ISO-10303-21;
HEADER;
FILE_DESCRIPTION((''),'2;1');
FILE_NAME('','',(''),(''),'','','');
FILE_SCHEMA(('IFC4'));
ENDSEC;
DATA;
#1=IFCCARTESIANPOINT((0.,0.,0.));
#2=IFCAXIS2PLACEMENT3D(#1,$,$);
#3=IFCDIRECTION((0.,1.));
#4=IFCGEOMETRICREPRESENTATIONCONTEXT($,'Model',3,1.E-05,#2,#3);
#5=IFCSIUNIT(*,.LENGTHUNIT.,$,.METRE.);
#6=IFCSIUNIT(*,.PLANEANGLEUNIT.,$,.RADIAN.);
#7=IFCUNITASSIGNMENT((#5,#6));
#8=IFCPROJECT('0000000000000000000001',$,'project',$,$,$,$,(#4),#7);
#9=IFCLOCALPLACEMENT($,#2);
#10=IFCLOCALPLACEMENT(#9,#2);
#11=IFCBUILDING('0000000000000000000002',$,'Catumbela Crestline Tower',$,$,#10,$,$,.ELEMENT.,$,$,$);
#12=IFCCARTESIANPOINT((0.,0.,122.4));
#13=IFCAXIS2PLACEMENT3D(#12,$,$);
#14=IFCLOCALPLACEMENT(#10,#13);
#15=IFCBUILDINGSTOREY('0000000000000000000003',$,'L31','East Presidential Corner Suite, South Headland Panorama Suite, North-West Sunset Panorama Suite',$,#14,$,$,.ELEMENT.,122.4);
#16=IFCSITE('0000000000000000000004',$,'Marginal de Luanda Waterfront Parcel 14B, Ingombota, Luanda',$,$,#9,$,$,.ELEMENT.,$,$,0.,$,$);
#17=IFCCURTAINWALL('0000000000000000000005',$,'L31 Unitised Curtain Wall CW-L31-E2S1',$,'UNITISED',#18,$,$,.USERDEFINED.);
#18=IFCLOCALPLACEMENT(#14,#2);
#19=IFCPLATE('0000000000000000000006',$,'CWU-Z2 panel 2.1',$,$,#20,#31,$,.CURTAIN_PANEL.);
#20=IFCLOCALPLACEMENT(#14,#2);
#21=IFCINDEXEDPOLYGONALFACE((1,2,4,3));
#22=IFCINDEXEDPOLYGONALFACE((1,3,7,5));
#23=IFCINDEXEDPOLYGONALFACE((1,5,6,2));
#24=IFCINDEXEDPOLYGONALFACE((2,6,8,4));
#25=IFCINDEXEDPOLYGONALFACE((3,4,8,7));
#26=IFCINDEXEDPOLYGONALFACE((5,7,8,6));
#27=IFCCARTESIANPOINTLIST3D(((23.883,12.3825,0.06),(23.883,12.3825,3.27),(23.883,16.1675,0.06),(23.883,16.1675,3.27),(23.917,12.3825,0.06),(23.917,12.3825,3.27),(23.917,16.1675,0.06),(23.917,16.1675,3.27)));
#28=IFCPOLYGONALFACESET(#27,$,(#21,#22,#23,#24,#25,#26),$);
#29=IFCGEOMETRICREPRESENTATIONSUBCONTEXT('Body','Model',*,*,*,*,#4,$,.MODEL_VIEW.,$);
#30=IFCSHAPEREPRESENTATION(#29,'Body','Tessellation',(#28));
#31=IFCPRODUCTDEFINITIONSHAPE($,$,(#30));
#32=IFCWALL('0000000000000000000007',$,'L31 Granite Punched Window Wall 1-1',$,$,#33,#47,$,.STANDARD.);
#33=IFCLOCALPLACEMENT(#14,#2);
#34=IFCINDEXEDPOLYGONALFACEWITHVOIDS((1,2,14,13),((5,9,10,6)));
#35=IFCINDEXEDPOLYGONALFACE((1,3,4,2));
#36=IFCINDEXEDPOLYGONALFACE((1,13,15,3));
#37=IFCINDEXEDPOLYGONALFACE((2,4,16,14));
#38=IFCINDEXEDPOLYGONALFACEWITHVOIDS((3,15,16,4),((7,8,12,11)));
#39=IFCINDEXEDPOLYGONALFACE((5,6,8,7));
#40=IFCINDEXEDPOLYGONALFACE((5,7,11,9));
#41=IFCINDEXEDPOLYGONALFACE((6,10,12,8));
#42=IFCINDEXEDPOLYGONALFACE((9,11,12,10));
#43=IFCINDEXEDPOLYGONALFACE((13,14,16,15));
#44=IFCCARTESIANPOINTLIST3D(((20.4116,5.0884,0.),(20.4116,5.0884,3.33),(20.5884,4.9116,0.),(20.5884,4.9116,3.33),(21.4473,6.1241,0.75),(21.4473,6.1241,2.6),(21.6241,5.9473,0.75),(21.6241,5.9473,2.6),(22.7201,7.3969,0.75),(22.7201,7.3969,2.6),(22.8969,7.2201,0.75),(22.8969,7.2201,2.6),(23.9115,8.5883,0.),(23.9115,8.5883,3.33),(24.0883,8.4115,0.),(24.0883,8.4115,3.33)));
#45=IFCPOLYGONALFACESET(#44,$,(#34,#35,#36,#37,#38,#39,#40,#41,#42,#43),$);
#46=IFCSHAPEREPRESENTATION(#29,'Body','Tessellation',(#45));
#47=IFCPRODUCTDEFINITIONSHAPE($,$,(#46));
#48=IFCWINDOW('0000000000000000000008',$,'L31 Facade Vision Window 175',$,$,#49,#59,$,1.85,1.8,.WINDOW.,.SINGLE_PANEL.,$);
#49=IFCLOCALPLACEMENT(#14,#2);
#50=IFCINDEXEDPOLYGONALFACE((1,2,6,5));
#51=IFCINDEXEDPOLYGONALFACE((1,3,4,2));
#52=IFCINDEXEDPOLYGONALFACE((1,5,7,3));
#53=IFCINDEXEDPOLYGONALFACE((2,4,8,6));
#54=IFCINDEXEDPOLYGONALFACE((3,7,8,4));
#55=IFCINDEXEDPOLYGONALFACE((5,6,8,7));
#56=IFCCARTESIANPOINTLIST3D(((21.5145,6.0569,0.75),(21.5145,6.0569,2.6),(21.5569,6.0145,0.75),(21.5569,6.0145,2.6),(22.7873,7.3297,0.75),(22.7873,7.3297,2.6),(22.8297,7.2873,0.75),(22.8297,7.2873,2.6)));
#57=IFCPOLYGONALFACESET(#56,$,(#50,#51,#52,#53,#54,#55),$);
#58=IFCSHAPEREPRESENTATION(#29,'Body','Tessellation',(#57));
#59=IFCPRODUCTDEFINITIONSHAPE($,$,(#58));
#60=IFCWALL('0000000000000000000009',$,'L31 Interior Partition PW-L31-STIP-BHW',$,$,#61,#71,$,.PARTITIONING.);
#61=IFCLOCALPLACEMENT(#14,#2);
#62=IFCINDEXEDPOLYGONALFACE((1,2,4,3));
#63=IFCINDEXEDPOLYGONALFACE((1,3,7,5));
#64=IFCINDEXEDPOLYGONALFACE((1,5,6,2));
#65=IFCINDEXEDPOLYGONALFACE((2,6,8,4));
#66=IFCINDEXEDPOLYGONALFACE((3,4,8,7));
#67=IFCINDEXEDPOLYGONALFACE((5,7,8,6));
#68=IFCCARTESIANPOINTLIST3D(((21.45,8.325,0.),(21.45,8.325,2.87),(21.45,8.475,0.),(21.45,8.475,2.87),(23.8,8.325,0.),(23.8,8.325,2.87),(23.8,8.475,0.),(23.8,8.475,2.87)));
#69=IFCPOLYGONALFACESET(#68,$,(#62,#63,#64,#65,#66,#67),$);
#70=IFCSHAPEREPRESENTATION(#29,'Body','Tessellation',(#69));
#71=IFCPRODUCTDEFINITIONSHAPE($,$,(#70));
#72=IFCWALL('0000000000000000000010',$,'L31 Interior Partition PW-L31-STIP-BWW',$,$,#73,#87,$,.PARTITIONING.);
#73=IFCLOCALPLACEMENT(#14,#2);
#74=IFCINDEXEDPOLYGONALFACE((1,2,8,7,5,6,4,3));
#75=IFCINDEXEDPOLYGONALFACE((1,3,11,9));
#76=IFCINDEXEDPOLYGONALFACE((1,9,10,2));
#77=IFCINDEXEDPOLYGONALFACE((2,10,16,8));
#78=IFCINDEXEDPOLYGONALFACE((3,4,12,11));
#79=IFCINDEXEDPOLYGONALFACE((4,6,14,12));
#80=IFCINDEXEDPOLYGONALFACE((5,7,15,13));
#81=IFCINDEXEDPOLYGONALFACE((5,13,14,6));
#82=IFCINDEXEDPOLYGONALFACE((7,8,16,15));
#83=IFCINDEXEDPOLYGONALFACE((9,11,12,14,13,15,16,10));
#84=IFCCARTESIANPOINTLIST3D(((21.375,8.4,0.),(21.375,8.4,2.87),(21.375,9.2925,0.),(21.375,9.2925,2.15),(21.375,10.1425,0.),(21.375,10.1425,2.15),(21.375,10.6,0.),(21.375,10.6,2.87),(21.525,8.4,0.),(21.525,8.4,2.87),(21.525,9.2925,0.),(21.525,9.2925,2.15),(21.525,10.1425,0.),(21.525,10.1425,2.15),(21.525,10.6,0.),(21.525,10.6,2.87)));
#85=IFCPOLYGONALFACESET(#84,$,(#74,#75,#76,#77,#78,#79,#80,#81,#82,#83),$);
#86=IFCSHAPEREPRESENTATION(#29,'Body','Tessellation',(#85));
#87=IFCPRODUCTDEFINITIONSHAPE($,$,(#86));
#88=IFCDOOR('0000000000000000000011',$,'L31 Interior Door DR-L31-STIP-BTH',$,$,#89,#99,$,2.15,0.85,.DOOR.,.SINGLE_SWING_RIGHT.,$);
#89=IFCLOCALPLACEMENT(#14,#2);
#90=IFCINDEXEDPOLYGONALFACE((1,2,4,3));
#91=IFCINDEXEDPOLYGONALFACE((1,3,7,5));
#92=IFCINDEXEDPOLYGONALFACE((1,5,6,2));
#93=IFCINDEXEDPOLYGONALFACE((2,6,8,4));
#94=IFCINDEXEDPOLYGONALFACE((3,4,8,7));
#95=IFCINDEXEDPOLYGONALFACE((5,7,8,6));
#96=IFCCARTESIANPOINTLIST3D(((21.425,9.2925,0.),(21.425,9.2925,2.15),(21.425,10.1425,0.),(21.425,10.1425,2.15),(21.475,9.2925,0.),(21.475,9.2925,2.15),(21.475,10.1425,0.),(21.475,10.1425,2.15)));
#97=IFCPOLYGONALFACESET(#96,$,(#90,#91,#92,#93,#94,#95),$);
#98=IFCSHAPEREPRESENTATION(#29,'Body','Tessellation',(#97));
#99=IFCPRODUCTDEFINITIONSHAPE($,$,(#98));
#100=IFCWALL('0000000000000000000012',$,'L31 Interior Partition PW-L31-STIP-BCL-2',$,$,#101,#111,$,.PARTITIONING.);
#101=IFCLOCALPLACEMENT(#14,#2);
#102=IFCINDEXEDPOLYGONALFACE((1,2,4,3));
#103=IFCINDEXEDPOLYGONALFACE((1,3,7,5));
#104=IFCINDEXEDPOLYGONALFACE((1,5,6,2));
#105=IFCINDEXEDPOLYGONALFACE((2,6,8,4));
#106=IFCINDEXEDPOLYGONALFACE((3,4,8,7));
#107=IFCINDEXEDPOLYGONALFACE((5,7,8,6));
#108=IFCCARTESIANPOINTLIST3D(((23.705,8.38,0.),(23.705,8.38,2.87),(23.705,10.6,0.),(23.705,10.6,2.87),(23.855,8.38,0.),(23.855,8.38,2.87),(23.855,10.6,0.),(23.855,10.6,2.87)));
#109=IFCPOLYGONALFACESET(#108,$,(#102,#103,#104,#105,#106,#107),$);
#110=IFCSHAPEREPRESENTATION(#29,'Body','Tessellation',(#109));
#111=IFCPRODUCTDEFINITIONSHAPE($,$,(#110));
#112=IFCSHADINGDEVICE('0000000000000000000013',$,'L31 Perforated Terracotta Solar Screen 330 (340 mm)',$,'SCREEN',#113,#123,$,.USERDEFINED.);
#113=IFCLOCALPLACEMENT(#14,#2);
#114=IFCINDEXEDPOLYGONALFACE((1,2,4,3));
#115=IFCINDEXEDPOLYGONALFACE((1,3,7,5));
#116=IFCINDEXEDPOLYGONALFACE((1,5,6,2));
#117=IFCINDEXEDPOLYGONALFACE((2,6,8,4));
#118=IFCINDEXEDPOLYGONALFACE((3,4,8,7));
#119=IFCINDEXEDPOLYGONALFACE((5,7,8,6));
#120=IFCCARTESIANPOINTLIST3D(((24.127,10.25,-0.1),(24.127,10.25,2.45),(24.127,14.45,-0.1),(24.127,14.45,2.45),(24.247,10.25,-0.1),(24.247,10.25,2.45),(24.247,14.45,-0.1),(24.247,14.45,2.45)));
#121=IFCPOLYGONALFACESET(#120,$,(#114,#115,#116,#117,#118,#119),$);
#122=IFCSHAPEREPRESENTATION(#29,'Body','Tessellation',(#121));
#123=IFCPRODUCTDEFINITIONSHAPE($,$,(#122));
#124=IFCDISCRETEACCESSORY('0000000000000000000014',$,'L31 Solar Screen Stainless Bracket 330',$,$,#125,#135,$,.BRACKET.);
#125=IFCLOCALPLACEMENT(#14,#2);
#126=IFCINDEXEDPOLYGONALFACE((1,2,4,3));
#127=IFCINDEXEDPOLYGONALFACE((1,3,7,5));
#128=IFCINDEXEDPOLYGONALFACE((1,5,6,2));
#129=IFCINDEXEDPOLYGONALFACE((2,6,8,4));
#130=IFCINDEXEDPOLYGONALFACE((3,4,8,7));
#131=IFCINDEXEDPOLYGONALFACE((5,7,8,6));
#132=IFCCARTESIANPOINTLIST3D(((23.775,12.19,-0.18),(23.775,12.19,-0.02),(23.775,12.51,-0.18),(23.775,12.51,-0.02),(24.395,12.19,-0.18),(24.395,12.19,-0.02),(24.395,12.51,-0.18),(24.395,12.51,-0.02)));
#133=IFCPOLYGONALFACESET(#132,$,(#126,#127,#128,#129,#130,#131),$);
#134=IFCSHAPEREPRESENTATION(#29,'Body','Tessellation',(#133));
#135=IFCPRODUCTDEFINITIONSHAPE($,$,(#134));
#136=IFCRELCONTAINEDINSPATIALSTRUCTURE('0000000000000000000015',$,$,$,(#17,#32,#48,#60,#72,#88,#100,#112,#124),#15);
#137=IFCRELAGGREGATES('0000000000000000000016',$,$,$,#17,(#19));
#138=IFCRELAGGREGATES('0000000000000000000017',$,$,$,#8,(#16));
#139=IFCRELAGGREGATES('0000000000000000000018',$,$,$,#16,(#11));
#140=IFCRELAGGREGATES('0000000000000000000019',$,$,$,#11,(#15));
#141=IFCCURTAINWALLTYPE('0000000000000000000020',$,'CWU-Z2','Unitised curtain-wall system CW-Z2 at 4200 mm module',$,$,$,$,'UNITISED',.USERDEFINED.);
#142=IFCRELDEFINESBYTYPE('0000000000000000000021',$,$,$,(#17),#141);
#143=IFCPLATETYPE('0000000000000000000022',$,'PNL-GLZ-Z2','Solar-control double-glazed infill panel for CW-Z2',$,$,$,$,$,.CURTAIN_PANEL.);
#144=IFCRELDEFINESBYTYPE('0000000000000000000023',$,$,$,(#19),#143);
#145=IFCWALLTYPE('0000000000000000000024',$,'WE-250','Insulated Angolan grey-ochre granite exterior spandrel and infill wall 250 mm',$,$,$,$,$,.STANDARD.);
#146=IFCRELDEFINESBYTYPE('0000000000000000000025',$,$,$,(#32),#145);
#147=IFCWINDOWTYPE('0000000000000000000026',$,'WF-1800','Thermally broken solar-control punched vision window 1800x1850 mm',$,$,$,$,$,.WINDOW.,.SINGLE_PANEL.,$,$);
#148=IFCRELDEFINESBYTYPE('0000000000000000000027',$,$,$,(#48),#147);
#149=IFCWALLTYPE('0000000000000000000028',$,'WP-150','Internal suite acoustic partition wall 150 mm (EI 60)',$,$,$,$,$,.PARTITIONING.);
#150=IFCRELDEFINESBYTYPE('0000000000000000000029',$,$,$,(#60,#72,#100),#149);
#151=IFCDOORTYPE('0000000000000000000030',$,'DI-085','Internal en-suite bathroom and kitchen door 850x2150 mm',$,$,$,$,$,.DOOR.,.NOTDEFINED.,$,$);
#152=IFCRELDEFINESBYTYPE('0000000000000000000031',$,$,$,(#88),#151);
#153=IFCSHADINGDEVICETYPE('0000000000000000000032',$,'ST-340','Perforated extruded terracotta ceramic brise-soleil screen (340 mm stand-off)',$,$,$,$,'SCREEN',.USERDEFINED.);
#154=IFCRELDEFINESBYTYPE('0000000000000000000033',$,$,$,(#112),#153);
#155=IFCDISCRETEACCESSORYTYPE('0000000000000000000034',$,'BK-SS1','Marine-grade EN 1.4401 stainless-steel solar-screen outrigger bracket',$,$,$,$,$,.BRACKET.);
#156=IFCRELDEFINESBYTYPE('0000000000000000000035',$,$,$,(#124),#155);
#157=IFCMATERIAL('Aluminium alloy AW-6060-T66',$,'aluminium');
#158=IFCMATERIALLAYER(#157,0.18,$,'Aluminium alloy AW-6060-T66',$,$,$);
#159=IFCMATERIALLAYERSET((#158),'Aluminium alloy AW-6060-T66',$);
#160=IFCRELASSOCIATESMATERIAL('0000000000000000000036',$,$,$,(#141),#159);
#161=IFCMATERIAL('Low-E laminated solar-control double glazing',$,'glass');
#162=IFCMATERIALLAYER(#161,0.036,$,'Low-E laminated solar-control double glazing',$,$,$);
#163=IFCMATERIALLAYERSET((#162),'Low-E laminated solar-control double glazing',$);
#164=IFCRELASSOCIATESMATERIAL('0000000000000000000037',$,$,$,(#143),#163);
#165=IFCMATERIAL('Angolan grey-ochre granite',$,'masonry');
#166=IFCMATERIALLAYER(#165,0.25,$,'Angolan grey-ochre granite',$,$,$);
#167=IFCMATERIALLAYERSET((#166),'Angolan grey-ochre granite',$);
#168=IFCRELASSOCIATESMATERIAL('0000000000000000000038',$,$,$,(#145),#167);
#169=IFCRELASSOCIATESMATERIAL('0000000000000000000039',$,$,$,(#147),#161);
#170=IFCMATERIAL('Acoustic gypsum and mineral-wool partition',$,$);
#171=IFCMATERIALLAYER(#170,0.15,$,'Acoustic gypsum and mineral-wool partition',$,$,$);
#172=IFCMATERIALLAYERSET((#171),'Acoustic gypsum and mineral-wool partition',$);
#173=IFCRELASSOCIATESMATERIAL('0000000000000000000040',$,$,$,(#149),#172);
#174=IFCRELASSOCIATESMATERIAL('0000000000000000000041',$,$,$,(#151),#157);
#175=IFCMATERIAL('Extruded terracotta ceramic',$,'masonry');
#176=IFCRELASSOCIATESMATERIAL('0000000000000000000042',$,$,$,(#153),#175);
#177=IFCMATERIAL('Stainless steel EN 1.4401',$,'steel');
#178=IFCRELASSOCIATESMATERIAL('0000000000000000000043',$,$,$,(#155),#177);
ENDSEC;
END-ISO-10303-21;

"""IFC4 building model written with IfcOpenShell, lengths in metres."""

from ifc_helpers import new_model, si_unit, direction, frame, frame_2d, origin, origin_2d, place, context, subcontext, project, spatial, rectangle, extrude, material, layer, layer_set, type_object, element, fill, aggregate, save


model = new_model("IFC4")

# Units and contexts
model_context = context("Model", 3, precision=1e-05, world=origin(), true_north=direction((0.0, 1.0)))
body_context = subcontext(model_context, "Body", "Model", "MODEL_VIEW")
ifc_project = project(units=[si_unit("LENGTHUNIT", "METRE"), si_unit("PLANEANGLEUNIT", "RADIAN")], contexts=[model_context])

# Site, building, storey
site_placement = place(None, origin())
site = spatial("IfcSite", under=ifc_project, at=site_placement, Name="Marginal de Luanda Waterfront Parcel 14B, Ingombota, Luanda", CompositionType="ELEMENT", RefElevation=0.0)
building_placement = place(site_placement, origin())
building = spatial("IfcBuilding", under=site, at=building_placement, Name="Catumbela Crestline Tower", CompositionType="ELEMENT")
storey_placement = place(building_placement, frame((0.0, 0.0, 122.4)))
storey = spatial("IfcBuildingStorey", under=building, at=storey_placement, Name="L31", Description="East Presidential Corner Suite, South Headland Panorama Suite, North-West Sunset Panorama Suite", CompositionType="ELEMENT", Elevation=122.4)

# Shared definitions
ifc_material_1 = material(Name="Aluminium alloy AW-6060-T66", Category="aluminium")
ifc_layer_1 = layer(ifc_material_1, 0.18, Name="Aluminium alloy AW-6060-T66")
ifc_layer_set_1 = layer_set([ifc_layer_1], Name="Aluminium alloy AW-6060-T66")
curtain_wall_type = type_object("IfcCurtainWallType", Name="CWU-Z2", Description="Unitised curtain-wall system CW-Z2 at 4200 mm module", ElementType="UNITISED", PredefinedType="USERDEFINED", material=ifc_layer_set_1)

# Curtain wall
curtain_wall_1_placement = place(storey_placement, origin())
curtain_wall_1 = element("IfcCurtainWall", 1, at=curtain_wall_1_placement, inside=storey, type_object=curtain_wall_type, Name="L31 Unitised Curtain Wall CW-L31-E2S1", ObjectType="UNITISED", PredefinedType="USERDEFINED")

# Plate
ifc_material_2 = material(Name="Low-E laminated solar-control double glazing", Category="glass")
ifc_layer_2 = layer(ifc_material_2, 0.036, Name="Low-E laminated solar-control double glazing")
ifc_layer_set_2 = layer_set([ifc_layer_2], Name="Low-E laminated solar-control double glazing")
plate_type = type_object("IfcPlateType", Name="PNL-GLZ-Z2", Description="Solar-control double-glazed infill panel for CW-Z2", PredefinedType="CURTAIN_PANEL", material=ifc_layer_set_2)
plate_1_placement = place(storey_placement, frame((23.9, 14.275, 0.06), z_axis=(0.0, 0.0, 1.0), x_axis=(0.0, 1.0, 0.0)))
plate_1 = element("IfcPlate", 2, at=plate_1_placement, type_object=plate_type, Name="CWU-Z2 panel 2.1", PredefinedType="CURTAIN_PANEL", context=body_context, shape_type="SweptSolid", body=[
    extrude(rectangle(XDim=3.785, YDim=0.034, at=origin_2d()), origin(), (0.0, 0.0, 1.0), 3.21),
])
aggregate(curtain_wall_1, [plate_1])

# Wall, opening, window
ifc_material_3 = material(Name="Angolan grey-ochre granite", Category="masonry")
ifc_layer_3 = layer(ifc_material_3, 0.25, Name="Angolan grey-ochre granite")
ifc_layer_set_3 = layer_set([ifc_layer_3], Name="Angolan grey-ochre granite")
wall_type_1 = type_object("IfcWallType", Name="WE-250", Description="Insulated Angolan grey-ochre granite exterior spandrel and infill wall 250 mm", PredefinedType="STANDARD", material=ifc_layer_set_3)
wall_1_placement = place(storey_placement, frame((20.5, 5.0, 0.0), z_axis=(0.0, 0.0, 1.0), x_axis=(0.707107, 0.707107, 0.0)))
wall_1 = element("IfcWall", 3, at=wall_1_placement, inside=storey, type_object=wall_type_1, Name="L31 Granite Punched Window Wall 1-1", PredefinedType="STANDARD", context=body_context, shape_type="SweptSolid", body=[
    extrude(rectangle(XDim=4.9497, YDim=0.25, at=frame_2d((2.4748, 0.0))), origin(), (0.0, 0.0, 1.0), 3.33),
])
opening_1_placement = place(wall_1_placement, frame((1.4647, 0.0, 0.75)))
opening_1 = element("IfcOpeningElement", 4, at=opening_1_placement, cuts=wall_1, PredefinedType="OPENING", context=body_context, shape_type="SweptSolid", body=[
    extrude(rectangle(XDim=1.8, YDim=1.85, at=frame_2d((0.9, 0.925))), frame((0.0, 0.135, 0.0), z_axis=(0.0, -1.0, 0.0), x_axis=(1.0, 0.0, 0.0)), (0.0, 0.0, 1.0), 0.27),
])
window_type = type_object("IfcWindowType", Name="WF-1800", Description="Thermally broken solar-control punched vision window 1800x1850 mm", PartitioningType="SINGLE_PANEL", PredefinedType="WINDOW", material=ifc_material_2)
window_placement = place(opening_1_placement, origin())
window = element("IfcWindow", 5, at=window_placement, inside=storey, type_object=window_type, Name="L31 Facade Vision Window 175", OverallHeight=1.85, OverallWidth=1.8, PartitioningType="SINGLE_PANEL", PredefinedType="WINDOW", context=body_context, shape_type="SweptSolid", body=[
    extrude(rectangle(XDim=1.8, YDim=1.85, at=frame_2d((0.9, 0.925))), frame((0.0, 0.03, 0.0), z_axis=(0.0, -1.0, 0.0), x_axis=(1.0, 0.0, 0.0)), (0.0, 0.0, 1.0), 0.06),
])
fill(opening_1, window)

# Wall
ifc_material_4 = material(Name="Acoustic gypsum and mineral-wool partition")
ifc_layer_4 = layer(ifc_material_4, 0.15, Name="Acoustic gypsum and mineral-wool partition")
ifc_layer_set_4 = layer_set([ifc_layer_4], Name="Acoustic gypsum and mineral-wool partition")
wall_type_2 = type_object("IfcWallType", Name="WP-150", Description="Internal suite acoustic partition wall 150 mm (EI 60)", PredefinedType="PARTITIONING", material=ifc_layer_set_4)
wall_2_placement = place(storey_placement, frame((21.45, 8.4, 0.0), z_axis=(0.0, 0.0, 1.0), x_axis=(1.0, 0.0, 0.0)))
element("IfcWall", 6, at=wall_2_placement, inside=storey, type_object=wall_type_2, Name="L31 Interior Partition PW-L31-STIP-BHW", PredefinedType="PARTITIONING", context=body_context, shape_type="SweptSolid", body=[
    extrude(rectangle(XDim=2.35, YDim=0.15, at=frame_2d((1.175, 0.0))), origin(), (0.0, 0.0, 1.0), 2.87),
])

# Wall, opening, door
wall_3_placement = place(storey_placement, frame((21.45, 8.4, 0.0), z_axis=(0.0, 0.0, 1.0), x_axis=(0.0, 1.0, 0.0)))
wall_3 = element("IfcWall", 7, at=wall_3_placement, inside=storey, type_object=wall_type_2, Name="L31 Interior Partition PW-L31-STIP-BWW", PredefinedType="PARTITIONING", context=body_context, shape_type="SweptSolid", body=[
    extrude(rectangle(XDim=2.2, YDim=0.15, at=frame_2d((1.1, 0.0))), origin(), (0.0, 0.0, 1.0), 2.87),
])
opening_2_placement = place(wall_3_placement, frame((0.8925, 0.0, 0.0)))
opening_2 = element("IfcOpeningElement", 8, at=opening_2_placement, cuts=wall_3, PredefinedType="OPENING", context=body_context, shape_type="SweptSolid", body=[
    extrude(rectangle(XDim=0.85, YDim=2.15, at=frame_2d((0.425, 1.075))), frame((0.0, 0.085, 0.0), z_axis=(0.0, -1.0, 0.0), x_axis=(1.0, 0.0, 0.0)), (0.0, 0.0, 1.0), 0.17),
])
door_type = type_object("IfcDoorType", Name="DI-085", Description="Internal en-suite bathroom and kitchen door 850x2150 mm", OperationType="NOTDEFINED", PredefinedType="DOOR", material=ifc_material_1)
door_placement = place(opening_2_placement, origin())
door = element("IfcDoor", 9, at=door_placement, inside=storey, type_object=door_type, Name="L31 Interior Door DR-L31-STIP-BTH", OperationType="SINGLE_SWING_RIGHT", OverallHeight=2.15, OverallWidth=0.85, PredefinedType="DOOR", context=body_context, shape_type="SweptSolid", body=[
    extrude(rectangle(XDim=0.85, YDim=2.15, at=frame_2d((0.425, 1.075))), frame((0.0, 0.025, 0.0), z_axis=(0.0, -1.0, 0.0), x_axis=(1.0, 0.0, 0.0)), (0.0, 0.0, 1.0), 0.05),
])
fill(opening_2, door)

# Wall
wall_4_placement = place(storey_placement, frame((23.78, 10.6, 0.0), z_axis=(0.0, 0.0, 1.0), x_axis=(0.0, -1.0, 0.0)))
element("IfcWall", 10, at=wall_4_placement, inside=storey, type_object=wall_type_2, Name="L31 Interior Partition PW-L31-STIP-BCL-2", PredefinedType="PARTITIONING", context=body_context, shape_type="SweptSolid", body=[
    extrude(rectangle(XDim=2.22, YDim=0.15, at=frame_2d((1.11, 0.0))), origin(), (0.0, 0.0, 1.0), 2.87),
])

# Shading device
ifc_material_5 = material(Name="Extruded terracotta ceramic", Category="masonry")
shading_device_type = type_object("IfcShadingDeviceType", Name="ST-340", Description="Perforated extruded terracotta ceramic brise-soleil screen (340 mm stand-off)", ElementType="SCREEN", PredefinedType="USERDEFINED", material=ifc_material_5)
shading_device_placement = place(storey_placement, frame((24.187, 12.35, -0.1), z_axis=(0.0, 0.0, 1.0), x_axis=(0.0, 1.0, 0.0)))
element("IfcShadingDevice", 11, at=shading_device_placement, inside=storey, type_object=shading_device_type, Name="L31 Perforated Terracotta Solar Screen 330 (340 mm)", ObjectType="SCREEN", PredefinedType="USERDEFINED", context=body_context, shape_type="SweptSolid", body=[
    extrude(rectangle(XDim=4.2, YDim=0.12, at=origin_2d()), origin(), (0.0, 0.0, 1.0), 2.55),
])

# Discrete accessory
ifc_material_6 = material(Name="Stainless steel EN 1.4401", Category="steel")
discrete_accessory_type = type_object("IfcDiscreteAccessoryType", Name="BK-SS1", Description="Marine-grade EN 1.4401 stainless-steel solar-screen outrigger bracket", PredefinedType="BRACKET", material=ifc_material_6)
discrete_accessory_placement = place(storey_placement, frame((24.085, 12.35, -0.18), z_axis=(0.0, 0.0, 1.0), x_axis=(0.0, 1.0, 0.0)))
element("IfcDiscreteAccessory", 12, at=discrete_accessory_placement, inside=storey, type_object=discrete_accessory_type, Name="L31 Solar Screen Stainless Bracket 330", PredefinedType="BRACKET", context=body_context, shape_type="SweptSolid", body=[
    extrude(rectangle(XDim=0.32, YDim=0.62, at=origin_2d()), origin(), (0.0, 0.0, 1.0), 0.16),
])

save(model, "model.ifc")
